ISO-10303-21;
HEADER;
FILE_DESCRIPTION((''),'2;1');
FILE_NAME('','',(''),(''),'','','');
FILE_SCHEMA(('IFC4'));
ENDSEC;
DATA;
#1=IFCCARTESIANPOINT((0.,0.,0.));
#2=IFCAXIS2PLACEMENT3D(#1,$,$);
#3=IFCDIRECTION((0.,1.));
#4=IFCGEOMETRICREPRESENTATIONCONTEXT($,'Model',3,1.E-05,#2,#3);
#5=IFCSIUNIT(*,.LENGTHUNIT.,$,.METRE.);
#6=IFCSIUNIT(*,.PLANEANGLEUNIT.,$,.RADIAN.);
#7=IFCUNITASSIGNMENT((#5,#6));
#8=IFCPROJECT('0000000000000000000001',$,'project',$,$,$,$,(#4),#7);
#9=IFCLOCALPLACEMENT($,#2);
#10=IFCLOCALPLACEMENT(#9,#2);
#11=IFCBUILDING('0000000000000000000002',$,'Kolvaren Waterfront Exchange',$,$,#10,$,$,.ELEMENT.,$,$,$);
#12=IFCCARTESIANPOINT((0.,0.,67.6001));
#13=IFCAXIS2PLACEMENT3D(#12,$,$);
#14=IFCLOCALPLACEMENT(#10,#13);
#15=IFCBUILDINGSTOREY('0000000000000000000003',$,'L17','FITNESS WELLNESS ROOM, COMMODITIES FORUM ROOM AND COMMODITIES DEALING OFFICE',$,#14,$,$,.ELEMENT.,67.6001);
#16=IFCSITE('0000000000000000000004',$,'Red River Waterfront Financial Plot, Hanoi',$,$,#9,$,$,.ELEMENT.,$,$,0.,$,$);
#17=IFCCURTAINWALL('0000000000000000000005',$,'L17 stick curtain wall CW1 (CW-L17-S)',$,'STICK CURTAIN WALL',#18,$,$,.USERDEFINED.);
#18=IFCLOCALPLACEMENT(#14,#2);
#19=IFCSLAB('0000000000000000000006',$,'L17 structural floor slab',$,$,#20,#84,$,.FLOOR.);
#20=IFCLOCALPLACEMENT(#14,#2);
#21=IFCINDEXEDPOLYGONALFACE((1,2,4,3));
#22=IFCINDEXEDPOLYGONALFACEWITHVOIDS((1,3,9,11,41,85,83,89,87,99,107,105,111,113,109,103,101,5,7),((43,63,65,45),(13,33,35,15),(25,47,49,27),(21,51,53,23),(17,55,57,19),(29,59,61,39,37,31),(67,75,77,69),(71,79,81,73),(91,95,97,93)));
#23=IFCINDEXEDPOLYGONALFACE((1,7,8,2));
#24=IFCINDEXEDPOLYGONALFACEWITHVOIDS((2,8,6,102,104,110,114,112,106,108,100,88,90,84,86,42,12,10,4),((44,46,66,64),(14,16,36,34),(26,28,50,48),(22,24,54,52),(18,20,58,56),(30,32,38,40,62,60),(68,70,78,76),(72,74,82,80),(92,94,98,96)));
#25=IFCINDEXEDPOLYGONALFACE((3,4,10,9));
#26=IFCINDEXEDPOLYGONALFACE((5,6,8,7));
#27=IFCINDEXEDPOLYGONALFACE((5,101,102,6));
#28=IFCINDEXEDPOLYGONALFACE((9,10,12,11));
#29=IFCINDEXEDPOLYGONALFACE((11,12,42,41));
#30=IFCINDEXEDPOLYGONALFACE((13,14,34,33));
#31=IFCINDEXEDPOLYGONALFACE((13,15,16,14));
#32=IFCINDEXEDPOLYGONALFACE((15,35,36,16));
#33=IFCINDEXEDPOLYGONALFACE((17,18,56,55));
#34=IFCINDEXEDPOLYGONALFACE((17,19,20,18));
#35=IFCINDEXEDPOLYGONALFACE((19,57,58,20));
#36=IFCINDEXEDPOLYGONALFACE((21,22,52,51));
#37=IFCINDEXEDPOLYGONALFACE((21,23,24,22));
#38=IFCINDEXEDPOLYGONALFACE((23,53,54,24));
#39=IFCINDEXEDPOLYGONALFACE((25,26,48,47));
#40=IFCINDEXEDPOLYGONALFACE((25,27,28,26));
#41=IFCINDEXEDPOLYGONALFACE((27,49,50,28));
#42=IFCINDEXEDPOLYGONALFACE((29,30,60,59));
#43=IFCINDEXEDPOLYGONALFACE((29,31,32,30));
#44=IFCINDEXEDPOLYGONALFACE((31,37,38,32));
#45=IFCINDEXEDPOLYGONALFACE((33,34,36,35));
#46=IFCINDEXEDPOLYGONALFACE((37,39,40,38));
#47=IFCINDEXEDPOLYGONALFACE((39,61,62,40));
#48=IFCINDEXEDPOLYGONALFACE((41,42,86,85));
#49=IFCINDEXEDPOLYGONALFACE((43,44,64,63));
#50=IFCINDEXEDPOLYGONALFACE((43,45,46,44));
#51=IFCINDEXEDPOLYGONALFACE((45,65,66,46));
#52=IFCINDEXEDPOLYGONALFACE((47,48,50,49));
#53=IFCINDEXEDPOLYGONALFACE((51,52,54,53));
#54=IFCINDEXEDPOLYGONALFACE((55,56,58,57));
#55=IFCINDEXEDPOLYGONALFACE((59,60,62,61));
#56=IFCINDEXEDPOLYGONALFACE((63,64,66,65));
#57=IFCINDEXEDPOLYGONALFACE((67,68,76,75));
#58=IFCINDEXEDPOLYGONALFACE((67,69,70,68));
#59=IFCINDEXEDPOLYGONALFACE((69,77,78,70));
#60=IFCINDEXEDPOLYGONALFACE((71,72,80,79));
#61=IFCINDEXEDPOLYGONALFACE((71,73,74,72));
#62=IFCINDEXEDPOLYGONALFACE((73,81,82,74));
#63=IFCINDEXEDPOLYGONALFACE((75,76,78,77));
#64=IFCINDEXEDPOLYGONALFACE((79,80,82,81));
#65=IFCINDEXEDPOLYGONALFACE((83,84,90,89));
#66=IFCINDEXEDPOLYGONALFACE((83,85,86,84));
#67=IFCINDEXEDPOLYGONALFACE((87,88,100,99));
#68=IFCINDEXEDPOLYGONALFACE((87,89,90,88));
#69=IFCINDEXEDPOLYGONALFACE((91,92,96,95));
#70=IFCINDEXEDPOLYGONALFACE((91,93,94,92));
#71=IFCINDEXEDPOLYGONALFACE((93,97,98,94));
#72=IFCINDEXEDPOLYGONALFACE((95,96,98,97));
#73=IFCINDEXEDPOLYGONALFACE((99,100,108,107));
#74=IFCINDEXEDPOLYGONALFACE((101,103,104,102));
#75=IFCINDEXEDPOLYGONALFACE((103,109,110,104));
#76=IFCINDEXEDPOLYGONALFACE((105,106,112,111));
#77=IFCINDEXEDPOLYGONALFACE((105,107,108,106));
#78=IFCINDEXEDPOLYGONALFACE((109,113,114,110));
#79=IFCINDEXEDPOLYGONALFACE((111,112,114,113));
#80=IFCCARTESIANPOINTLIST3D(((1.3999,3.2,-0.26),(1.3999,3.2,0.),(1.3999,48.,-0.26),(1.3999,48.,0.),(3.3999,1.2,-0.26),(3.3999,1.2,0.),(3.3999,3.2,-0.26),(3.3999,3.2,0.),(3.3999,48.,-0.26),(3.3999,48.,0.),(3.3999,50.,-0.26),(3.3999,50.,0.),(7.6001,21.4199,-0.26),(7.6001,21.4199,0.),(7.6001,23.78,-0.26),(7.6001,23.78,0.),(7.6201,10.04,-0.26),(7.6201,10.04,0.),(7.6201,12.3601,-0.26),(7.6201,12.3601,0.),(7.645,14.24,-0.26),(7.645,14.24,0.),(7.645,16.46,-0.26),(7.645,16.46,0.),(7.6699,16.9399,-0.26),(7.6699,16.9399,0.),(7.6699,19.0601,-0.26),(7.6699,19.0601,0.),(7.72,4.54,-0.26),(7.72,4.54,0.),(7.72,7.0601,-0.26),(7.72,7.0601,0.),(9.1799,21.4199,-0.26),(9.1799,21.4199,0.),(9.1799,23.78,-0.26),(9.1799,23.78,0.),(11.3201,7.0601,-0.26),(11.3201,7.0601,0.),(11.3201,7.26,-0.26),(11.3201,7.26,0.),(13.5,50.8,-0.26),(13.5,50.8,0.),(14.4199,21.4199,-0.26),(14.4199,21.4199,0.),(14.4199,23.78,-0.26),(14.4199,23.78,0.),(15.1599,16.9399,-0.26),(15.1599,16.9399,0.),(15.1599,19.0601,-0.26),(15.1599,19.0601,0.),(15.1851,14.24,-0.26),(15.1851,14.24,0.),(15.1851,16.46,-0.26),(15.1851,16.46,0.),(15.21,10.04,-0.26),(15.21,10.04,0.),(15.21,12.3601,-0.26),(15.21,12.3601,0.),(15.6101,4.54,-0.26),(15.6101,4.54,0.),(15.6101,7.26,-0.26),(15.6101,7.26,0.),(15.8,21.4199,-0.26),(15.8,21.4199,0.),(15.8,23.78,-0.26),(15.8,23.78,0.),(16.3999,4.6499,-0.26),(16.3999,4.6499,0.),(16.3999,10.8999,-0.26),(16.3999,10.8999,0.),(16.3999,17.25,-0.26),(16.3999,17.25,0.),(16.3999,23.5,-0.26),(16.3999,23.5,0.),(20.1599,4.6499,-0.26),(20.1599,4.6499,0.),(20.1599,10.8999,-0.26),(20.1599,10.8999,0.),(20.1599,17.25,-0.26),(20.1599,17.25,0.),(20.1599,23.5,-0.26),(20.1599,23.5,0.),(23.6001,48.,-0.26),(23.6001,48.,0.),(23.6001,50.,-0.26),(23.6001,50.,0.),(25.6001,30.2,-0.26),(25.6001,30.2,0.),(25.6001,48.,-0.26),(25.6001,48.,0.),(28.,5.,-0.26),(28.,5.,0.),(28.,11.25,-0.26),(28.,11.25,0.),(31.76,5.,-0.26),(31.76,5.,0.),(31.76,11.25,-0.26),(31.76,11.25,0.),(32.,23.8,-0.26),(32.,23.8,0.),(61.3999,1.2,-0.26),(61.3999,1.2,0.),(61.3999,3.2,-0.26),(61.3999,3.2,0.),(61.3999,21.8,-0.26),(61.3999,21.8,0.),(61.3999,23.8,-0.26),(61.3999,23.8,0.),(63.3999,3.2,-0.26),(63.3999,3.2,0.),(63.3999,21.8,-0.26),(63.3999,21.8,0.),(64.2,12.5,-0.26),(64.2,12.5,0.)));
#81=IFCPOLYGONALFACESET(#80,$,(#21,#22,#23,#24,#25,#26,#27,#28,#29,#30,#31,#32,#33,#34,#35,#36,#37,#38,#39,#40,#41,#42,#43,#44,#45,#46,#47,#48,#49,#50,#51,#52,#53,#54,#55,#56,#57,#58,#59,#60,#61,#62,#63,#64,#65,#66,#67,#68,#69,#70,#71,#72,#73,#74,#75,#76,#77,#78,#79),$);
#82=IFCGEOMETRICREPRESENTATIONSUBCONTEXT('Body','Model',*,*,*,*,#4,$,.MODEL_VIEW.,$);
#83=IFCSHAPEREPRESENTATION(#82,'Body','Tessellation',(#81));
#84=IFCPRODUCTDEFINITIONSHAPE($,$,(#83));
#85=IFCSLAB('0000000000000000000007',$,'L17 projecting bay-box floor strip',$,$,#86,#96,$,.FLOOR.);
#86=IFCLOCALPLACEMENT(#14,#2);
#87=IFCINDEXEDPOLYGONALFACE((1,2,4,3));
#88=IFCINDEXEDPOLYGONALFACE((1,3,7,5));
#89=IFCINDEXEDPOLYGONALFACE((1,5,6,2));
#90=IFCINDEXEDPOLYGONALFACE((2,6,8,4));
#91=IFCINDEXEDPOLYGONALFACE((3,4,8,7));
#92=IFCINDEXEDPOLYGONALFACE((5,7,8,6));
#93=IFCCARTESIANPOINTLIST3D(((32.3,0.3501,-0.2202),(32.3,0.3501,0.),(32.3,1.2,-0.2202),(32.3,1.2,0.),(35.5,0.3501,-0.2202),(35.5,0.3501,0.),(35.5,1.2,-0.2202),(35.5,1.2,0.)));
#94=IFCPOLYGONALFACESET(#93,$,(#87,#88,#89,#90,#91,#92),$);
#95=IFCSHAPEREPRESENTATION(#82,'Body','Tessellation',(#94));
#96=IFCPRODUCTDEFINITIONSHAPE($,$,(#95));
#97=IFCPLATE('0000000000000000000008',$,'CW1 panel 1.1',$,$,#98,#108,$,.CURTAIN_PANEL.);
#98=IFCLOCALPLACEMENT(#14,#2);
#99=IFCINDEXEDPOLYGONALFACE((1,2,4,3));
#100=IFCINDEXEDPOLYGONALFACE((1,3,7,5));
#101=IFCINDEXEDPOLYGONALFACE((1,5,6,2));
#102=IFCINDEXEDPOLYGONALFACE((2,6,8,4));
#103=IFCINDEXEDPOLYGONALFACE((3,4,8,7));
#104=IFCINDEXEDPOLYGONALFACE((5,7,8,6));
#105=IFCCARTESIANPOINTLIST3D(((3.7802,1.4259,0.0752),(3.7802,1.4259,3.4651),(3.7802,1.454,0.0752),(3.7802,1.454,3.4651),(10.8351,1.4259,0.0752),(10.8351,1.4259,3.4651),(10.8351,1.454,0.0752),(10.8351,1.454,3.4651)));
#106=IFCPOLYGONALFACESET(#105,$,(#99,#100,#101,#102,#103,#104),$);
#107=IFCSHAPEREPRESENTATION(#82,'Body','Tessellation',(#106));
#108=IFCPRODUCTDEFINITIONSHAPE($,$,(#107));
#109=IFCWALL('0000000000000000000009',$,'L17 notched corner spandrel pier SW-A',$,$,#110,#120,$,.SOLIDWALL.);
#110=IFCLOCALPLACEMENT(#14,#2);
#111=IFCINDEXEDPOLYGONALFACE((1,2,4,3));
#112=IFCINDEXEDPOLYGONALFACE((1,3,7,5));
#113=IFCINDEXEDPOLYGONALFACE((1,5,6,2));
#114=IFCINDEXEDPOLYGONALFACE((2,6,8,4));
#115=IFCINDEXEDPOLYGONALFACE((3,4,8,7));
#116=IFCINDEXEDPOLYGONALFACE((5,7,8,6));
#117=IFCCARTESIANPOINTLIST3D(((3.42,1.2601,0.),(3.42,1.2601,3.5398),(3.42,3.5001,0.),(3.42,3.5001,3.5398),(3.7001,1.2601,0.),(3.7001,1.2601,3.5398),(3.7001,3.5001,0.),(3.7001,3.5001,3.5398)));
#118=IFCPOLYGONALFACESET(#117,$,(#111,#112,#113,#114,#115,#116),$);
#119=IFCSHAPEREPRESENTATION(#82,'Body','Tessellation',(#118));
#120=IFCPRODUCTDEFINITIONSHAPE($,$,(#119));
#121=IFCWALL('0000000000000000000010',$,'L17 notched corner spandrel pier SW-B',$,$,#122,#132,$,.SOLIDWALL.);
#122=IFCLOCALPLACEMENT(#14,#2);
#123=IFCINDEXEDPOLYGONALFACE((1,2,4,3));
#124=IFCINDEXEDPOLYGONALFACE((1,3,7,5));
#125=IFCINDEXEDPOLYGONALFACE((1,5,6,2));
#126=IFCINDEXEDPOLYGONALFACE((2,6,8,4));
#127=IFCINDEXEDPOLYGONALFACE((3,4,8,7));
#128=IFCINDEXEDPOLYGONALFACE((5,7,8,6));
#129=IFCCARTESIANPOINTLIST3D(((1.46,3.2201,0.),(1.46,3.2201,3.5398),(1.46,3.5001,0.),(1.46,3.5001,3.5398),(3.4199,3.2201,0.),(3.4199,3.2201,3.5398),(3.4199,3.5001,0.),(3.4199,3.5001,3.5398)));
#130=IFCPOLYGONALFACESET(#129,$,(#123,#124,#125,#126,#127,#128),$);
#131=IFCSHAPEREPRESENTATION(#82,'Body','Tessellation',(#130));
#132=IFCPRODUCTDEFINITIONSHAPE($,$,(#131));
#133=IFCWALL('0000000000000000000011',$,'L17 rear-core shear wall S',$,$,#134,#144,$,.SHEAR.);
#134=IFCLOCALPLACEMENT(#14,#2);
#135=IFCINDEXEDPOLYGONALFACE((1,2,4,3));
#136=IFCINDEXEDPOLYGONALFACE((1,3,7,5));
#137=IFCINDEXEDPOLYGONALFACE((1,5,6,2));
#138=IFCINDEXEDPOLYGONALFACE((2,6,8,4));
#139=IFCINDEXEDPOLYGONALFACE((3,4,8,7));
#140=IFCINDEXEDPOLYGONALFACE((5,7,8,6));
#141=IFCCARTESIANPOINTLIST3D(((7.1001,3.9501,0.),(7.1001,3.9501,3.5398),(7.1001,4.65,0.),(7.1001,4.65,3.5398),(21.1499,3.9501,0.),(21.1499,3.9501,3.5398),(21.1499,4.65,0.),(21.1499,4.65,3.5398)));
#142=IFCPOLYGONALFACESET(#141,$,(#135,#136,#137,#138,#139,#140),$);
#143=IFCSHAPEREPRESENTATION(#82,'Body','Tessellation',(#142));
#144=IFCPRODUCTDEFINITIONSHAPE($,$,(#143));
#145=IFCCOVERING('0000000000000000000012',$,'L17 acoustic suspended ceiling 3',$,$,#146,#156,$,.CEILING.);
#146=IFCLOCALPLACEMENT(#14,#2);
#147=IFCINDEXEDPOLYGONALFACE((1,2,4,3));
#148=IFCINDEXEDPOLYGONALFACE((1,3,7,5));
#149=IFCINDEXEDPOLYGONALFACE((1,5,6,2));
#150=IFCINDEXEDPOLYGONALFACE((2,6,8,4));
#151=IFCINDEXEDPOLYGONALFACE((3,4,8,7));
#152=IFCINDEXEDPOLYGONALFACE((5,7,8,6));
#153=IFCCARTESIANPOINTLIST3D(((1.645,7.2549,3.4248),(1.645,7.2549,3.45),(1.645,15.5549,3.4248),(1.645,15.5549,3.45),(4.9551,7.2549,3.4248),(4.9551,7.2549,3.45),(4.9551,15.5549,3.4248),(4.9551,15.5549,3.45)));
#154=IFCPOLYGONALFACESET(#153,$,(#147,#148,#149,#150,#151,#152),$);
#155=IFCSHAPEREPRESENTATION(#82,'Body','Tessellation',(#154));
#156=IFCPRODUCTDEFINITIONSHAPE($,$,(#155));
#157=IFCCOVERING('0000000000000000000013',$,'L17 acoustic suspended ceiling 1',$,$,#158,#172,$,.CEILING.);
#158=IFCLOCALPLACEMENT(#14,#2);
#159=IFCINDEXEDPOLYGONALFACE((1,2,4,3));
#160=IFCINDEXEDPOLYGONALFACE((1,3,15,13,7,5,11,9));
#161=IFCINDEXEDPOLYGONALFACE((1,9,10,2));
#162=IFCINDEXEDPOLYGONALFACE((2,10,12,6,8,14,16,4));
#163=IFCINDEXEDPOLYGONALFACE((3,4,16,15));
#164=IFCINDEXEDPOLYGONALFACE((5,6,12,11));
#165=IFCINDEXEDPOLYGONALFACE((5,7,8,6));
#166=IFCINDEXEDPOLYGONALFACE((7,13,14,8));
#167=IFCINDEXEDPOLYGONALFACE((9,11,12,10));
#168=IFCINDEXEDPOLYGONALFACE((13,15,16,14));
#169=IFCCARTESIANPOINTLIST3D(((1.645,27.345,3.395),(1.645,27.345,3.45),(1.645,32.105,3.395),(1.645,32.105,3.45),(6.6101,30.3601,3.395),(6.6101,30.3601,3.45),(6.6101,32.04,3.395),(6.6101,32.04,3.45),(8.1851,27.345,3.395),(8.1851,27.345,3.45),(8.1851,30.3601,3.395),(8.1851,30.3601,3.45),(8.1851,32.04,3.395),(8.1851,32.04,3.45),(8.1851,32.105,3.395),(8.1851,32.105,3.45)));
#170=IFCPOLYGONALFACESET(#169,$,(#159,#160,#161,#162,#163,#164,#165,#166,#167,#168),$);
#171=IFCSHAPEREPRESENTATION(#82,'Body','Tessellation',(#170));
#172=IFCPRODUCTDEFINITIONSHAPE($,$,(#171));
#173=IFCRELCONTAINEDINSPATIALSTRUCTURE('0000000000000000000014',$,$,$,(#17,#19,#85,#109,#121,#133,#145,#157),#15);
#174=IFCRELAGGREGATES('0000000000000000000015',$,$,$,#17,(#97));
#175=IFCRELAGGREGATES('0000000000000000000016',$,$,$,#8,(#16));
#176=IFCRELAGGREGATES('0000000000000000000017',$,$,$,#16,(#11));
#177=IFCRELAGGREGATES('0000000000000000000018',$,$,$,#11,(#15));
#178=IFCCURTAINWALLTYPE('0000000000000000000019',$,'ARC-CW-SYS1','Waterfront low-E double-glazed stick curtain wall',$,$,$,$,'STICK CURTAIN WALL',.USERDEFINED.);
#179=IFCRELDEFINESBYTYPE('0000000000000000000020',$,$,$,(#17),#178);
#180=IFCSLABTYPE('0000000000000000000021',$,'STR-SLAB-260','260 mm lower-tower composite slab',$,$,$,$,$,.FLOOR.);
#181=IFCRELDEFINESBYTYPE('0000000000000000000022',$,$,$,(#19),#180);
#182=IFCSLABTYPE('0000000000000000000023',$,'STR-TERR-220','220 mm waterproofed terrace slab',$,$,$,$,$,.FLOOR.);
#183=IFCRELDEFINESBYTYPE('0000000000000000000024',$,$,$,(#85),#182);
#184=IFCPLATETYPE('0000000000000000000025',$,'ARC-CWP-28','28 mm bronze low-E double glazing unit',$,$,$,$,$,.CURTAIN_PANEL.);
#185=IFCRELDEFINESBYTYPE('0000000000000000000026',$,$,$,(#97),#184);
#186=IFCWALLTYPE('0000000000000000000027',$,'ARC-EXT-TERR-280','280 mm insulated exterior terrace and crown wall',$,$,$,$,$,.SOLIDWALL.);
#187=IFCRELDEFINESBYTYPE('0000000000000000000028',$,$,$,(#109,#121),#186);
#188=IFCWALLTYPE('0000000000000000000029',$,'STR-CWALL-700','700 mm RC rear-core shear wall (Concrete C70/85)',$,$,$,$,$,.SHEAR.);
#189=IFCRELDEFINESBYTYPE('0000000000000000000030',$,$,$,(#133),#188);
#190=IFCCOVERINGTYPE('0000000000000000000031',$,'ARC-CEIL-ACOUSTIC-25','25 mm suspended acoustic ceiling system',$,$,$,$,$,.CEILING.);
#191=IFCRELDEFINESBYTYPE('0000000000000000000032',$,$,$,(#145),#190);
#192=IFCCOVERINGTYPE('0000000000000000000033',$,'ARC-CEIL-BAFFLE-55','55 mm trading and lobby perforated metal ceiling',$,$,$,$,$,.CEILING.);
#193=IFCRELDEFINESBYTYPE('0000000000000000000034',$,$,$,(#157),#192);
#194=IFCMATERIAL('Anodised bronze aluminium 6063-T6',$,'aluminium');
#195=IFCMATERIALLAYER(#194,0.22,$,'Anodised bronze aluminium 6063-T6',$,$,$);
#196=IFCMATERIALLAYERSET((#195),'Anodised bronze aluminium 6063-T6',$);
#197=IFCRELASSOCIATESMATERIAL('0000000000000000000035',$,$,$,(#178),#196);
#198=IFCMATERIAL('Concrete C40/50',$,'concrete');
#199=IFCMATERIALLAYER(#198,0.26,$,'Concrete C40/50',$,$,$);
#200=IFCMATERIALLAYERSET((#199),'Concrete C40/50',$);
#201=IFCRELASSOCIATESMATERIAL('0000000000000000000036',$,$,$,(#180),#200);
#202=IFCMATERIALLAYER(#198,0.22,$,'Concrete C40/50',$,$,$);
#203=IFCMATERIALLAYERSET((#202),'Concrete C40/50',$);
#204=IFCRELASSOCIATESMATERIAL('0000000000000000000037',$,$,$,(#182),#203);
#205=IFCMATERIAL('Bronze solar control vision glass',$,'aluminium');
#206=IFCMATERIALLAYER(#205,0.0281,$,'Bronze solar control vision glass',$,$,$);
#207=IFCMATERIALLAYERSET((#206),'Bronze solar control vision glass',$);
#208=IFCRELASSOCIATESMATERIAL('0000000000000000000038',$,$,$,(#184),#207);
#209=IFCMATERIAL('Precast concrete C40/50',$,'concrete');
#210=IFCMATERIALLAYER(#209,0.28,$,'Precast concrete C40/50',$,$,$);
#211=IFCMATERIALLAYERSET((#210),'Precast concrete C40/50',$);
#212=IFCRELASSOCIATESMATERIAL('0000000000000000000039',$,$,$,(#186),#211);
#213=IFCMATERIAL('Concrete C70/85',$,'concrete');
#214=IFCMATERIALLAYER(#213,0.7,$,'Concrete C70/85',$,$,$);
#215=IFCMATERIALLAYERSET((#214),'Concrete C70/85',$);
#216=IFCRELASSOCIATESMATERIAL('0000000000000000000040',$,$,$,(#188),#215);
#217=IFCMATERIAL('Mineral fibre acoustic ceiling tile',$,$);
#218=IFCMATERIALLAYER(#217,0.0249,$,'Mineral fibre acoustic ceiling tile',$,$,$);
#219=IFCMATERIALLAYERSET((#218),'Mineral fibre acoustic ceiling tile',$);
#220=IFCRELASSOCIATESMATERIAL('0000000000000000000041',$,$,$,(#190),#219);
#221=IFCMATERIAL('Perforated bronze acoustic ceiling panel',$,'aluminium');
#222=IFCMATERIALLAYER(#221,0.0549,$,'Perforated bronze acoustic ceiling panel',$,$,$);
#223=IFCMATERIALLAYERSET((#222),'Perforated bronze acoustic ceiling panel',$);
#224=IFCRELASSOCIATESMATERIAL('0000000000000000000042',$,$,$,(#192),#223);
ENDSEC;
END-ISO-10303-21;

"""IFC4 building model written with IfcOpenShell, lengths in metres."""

from ifc_helpers import new_model, si_unit, direction, frame, frame_2d, origin, origin_with_axes, origin_2d, place, context, subcontext, project, spatial, polyline, rectangle, outline, extrude, source, transform, mapped, material, layer, layer_set, type_object, element, aggregate, save


model = new_model("IFC4")

# Units and contexts
model_context = context("Model", 3, precision=1e-05, world=origin(), true_north=direction((0.0, 1.0)))
body_context = subcontext(model_context, "Body", "Model", "MODEL_VIEW")
ifc_project = project(units=[si_unit("LENGTHUNIT", "METRE"), si_unit("PLANEANGLEUNIT", "RADIAN")], contexts=[model_context])

# Site, building, storey
site_placement = place(None, origin())
site = spatial("IfcSite", under=ifc_project, at=site_placement, Name="Red River Waterfront Financial Plot, Hanoi", CompositionType="ELEMENT", RefElevation=0.0)
building_placement = place(site_placement, origin())
building = spatial("IfcBuilding", under=site, at=building_placement, Name="Kolvaren Waterfront Exchange", CompositionType="ELEMENT")
storey_placement = place(building_placement, frame((0.0, 0.0, 67.6001)))
storey = spatial("IfcBuildingStorey", under=building, at=storey_placement, Name="L17", Description="FITNESS WELLNESS ROOM, COMMODITIES FORUM ROOM AND COMMODITIES DEALING OFFICE", CompositionType="ELEMENT", Elevation=67.6001)

# Curtain wall
ifc_material_1 = material(Name="Anodised bronze aluminium 6063-T6", Category="aluminium")
ifc_layer_1 = layer(ifc_material_1, 0.22, Name="Anodised bronze aluminium 6063-T6")
ifc_layer_set_1 = layer_set([ifc_layer_1], Name="Anodised bronze aluminium 6063-T6")
curtain_wall_type_1 = type_object("IfcCurtainWallType", Name="ARC-CW-SYS1", Description="Waterfront low-E double-glazed stick curtain wall", ElementType="STICK CURTAIN WALL", PredefinedType="USERDEFINED", material=ifc_layer_set_1)
curtain_wall_1_placement = place(storey_placement, origin())
curtain_wall_1 = element("IfcCurtainWall", 1, at=curtain_wall_1_placement, inside=storey, type_object=curtain_wall_type_1, Name="L17 stick curtain wall CW1 (CW-L17-S)", ObjectType="STICK CURTAIN WALL", PredefinedType="USERDEFINED")

# Shared definitions
ifc_material_2 = material(Name="Concrete C40/50", Category="concrete")

# Slabs
ifc_layer_2 = layer(ifc_material_2, 0.26, Name="Concrete C40/50")
ifc_layer_set_2 = layer_set([ifc_layer_2], Name="Concrete C40/50")
slab_type_1 = type_object("IfcSlabType", Name="STR-SLAB-260", Description="260 mm lower-tower composite slab", PredefinedType="FLOOR", material=ifc_layer_set_2)
slab_1_placement = place(storey_placement, frame((0.0, 0.0, -0.26)))
element("IfcSlab", 2, at=slab_1_placement, inside=storey, type_object=slab_type_1, Name="L17 structural floor slab", PredefinedType="FLOOR", context=body_context, shape_type="SweptSolid", body=[
    extrude(outline(polyline([(3.3999, 1.2), (61.3999, 1.2), (61.3999, 3.2), (63.3999, 3.2), (64.2, 12.5), (63.3999, 21.8), (61.3999, 21.8), (61.3999, 23.8), (32.0, 23.8), (25.6001, 30.2), (25.6001, 48.0), (23.6001, 48.0), (23.6001, 50.0), (13.5, 50.8), (3.3999, 50.0), (3.3999, 48.0), (1.3999, 48.0), (1.3999, 3.2), (3.3999, 3.2), (3.3999, 1.2)]), holes=[polyline([(11.3201, 7.26), (15.6101, 7.26), (15.6101, 4.54), (7.72, 4.54), (7.72, 7.0601), (11.3201, 7.0601), (11.3201, 7.26)]), polyline([(20.1599, 4.6499), (16.3999, 4.6499), (16.3999, 10.8999), (20.1599, 10.8999), (20.1599, 4.6499)]), polyline([(31.76, 5.0), (28.0, 5.0), (28.0, 11.25), (31.76, 11.25), (31.76, 5.0)]), polyline([(15.21, 10.04), (7.6201, 10.04), (7.6201, 12.3601), (15.21, 12.3601), (15.21, 10.04)]), polyline([(7.645, 16.46), (15.1851, 16.46), (15.1851, 14.24), (7.645, 14.24), (7.645, 16.46)]), polyline([(15.1599, 16.9399), (7.6699, 16.9399), (7.6699, 19.0601), (15.1599, 19.0601), (15.1599, 16.9399)]), polyline([(16.3999, 23.5), (20.1599, 23.5), (20.1599, 17.25), (16.3999, 17.25), (16.3999, 23.5)]), polyline([(7.6001, 23.78), (9.1799, 23.78), (9.1799, 21.4199), (7.6001, 21.4199), (7.6001, 23.78)]), polyline([(15.8, 23.78), (15.8, 21.4199), (14.4199, 21.4199), (14.4199, 23.78), (15.8, 23.78)])]), origin(), (0.0, 0.0, 1.0), 0.26),
])
ifc_layer_3 = layer(ifc_material_2, 0.22, Name="Concrete C40/50")
ifc_layer_set_3 = layer_set([ifc_layer_3], Name="Concrete C40/50")
slab_type_2 = type_object("IfcSlabType", Name="STR-TERR-220", Description="220 mm waterproofed terrace slab", PredefinedType="FLOOR", material=ifc_layer_set_3)
slab_2_placement = place(storey_placement, frame((0.0, 0.0, -0.2202)))
element("IfcSlab", 3, at=slab_2_placement, inside=storey, type_object=slab_type_2, Name="L17 projecting bay-box floor strip", PredefinedType="FLOOR", context=body_context, shape_type="SweptSolid", body=[
    extrude(outline(polyline([(32.3, 0.3501), (35.5, 0.3501), (35.5, 1.2), (32.3, 1.2), (32.3, 0.3501)])), origin(), (0.0, 0.0, 1.0), 0.2202),
])

# Plate
ifc_material_3 = material(Name="Bronze solar control vision glass", Category="aluminium")
ifc_layer_4 = layer(ifc_material_3, 0.0281, Name="Bronze solar control vision glass")
ifc_layer_set_4 = layer_set([ifc_layer_4], Name="Bronze solar control vision glass")
plate_type = type_object("IfcPlateType", Name="ARC-CWP-28", Description="28 mm bronze low-E double glazing unit", PredefinedType="CURTAIN_PANEL", material=ifc_layer_set_4)
shared_shape_1 = source(origin_with_axes(), body_context, "Body", "SweptSolid", [
    extrude(rectangle(XDim=7.0549, YDim=0.0281, at=origin_2d()), origin(), (0.0, 0.0, 1.0), 3.3899),
])
plate_placement = place(storey_placement, frame((7.3076, 1.4399, 0.0752), z_axis=(0.0, 0.0, 1.0), x_axis=(1.0, 0.0, 0.0)))
plate = element("IfcPlate", 4, at=plate_placement, type_object=plate_type, Name="CW1 panel 1.1", PredefinedType="CURTAIN_PANEL", context=body_context, shape_type="MappedRepresentation", body=[
    mapped(shared_shape_1, transform((0.0, 0.0, 0.0), x_axis=(1.0, 0.0, 0.0), y_axis=(0.0, 1.0, 0.0), z_axis=(0.0, 0.0, 1.0), scale=1.0)),
])
aggregate(curtain_wall_1, [plate])

# Walls
ifc_material_4 = material(Name="Precast concrete C40/50", Category="concrete")
ifc_layer_5 = layer(ifc_material_4, 0.28, Name="Precast concrete C40/50")
ifc_layer_set_5 = layer_set([ifc_layer_5], Name="Precast concrete C40/50")
wall_type_1 = type_object("IfcWallType", Name="ARC-EXT-TERR-280", Description="280 mm insulated exterior terrace and crown wall", PredefinedType="SOLIDWALL", material=ifc_layer_set_5)
wall_1_placement = place(storey_placement, frame((3.5601, 1.26, 0.0), z_axis=(0.0, 0.0, 1.0), x_axis=(0.0, 1.0, 0.0)))
element("IfcWall", 5, at=wall_1_placement, inside=storey, type_object=wall_type_1, Name="L17 notched corner spandrel pier SW-A", PredefinedType="SOLIDWALL", context=body_context, shape_type="SweptSolid", body=[
    extrude(rectangle(XDim=2.24, YDim=0.28, at=frame_2d((1.1201, 0.0))), origin(), (0.0, 0.0, 1.0), 3.5398),
])
wall_2_placement = place(storey_placement, frame((1.46, 3.3601, 0.0), z_axis=(0.0, 0.0, 1.0), x_axis=(1.0, 0.0, 0.0)))
element("IfcWall", 6, at=wall_2_placement, inside=storey, type_object=wall_type_1, Name="L17 notched corner spandrel pier SW-B", PredefinedType="SOLIDWALL", context=body_context, shape_type="SweptSolid", body=[
    extrude(rectangle(XDim=1.96, YDim=0.28, at=frame_2d((0.98, 0.0))), origin(), (0.0, 0.0, 1.0), 3.5398),
])
ifc_material_5 = material(Name="Concrete C70/85", Category="concrete")
ifc_layer_6 = layer(ifc_material_5, 0.7, Name="Concrete C70/85")
ifc_layer_set_6 = layer_set([ifc_layer_6], Name="Concrete C70/85")
wall_type_2 = type_object("IfcWallType", Name="STR-CWALL-700", Description="700 mm RC rear-core shear wall (Concrete C70/85)", PredefinedType="SHEAR", material=ifc_layer_set_6)
wall_3_placement = place(storey_placement, frame((7.1001, 4.3, 0.0), z_axis=(0.0, 0.0, 1.0), x_axis=(1.0, 0.0, 0.0)))
element("IfcWall", 7, at=wall_3_placement, inside=storey, type_object=wall_type_2, Name="L17 rear-core shear wall S", PredefinedType="SHEAR", context=body_context, shape_type="SweptSolid", body=[
    extrude(rectangle(XDim=14.0498, YDim=0.7, at=frame_2d((7.0249, 0.0))), origin(), (0.0, 0.0, 1.0), 3.5398),
])

# Coverings
ifc_material_6 = material(Name="Mineral fibre acoustic ceiling tile")
ifc_layer_7 = layer(ifc_material_6, 0.0249, Name="Mineral fibre acoustic ceiling tile")
ifc_layer_set_7 = layer_set([ifc_layer_7], Name="Mineral fibre acoustic ceiling tile")
covering_type_1 = type_object("IfcCoveringType", Name="ARC-CEIL-ACOUSTIC-25", Description="25 mm suspended acoustic ceiling system", PredefinedType="CEILING", material=ifc_layer_set_7)
covering_1_placement = place(storey_placement, frame((0.0, 0.0, 3.4248)))
element("IfcCovering", 8, at=covering_1_placement, inside=storey, type_object=covering_type_1, Name="L17 acoustic suspended ceiling 3", PredefinedType="CEILING", context=body_context, shape_type="SweptSolid", body=[
    extrude(outline(polyline([(1.645, 7.2549), (4.9551, 7.2549), (4.9551, 15.5549), (1.645, 15.5549), (1.645, 7.2549)])), origin(), (0.0, 0.0, 1.0), 0.0251),
])
ifc_material_7 = material(Name="Perforated bronze acoustic ceiling panel", Category="aluminium")
ifc_layer_8 = layer(ifc_material_7, 0.0549, Name="Perforated bronze acoustic ceiling panel")
ifc_layer_set_8 = layer_set([ifc_layer_8], Name="Perforated bronze acoustic ceiling panel")
covering_type_2 = type_object("IfcCoveringType", Name="ARC-CEIL-BAFFLE-55", Description="55 mm trading and lobby perforated metal ceiling", PredefinedType="CEILING", material=ifc_layer_set_8)
covering_2_placement = place(storey_placement, frame((0.0, 0.0, 3.395)))
element("IfcCovering", 9, at=covering_2_placement, inside=storey, type_object=covering_type_2, Name="L17 acoustic suspended ceiling 1", PredefinedType="CEILING", context=body_context, shape_type="SweptSolid", body=[
    extrude(outline(polyline([(8.1851, 30.3601), (6.6101, 30.3601), (6.6101, 32.04), (8.1851, 32.04), (8.1851, 32.105), (1.645, 32.105), (1.645, 27.345), (8.1851, 27.345), (8.1851, 30.3601)])), origin(), (0.0, 0.0, 1.0), 0.0549),
])

save(model, "model.ifc")
